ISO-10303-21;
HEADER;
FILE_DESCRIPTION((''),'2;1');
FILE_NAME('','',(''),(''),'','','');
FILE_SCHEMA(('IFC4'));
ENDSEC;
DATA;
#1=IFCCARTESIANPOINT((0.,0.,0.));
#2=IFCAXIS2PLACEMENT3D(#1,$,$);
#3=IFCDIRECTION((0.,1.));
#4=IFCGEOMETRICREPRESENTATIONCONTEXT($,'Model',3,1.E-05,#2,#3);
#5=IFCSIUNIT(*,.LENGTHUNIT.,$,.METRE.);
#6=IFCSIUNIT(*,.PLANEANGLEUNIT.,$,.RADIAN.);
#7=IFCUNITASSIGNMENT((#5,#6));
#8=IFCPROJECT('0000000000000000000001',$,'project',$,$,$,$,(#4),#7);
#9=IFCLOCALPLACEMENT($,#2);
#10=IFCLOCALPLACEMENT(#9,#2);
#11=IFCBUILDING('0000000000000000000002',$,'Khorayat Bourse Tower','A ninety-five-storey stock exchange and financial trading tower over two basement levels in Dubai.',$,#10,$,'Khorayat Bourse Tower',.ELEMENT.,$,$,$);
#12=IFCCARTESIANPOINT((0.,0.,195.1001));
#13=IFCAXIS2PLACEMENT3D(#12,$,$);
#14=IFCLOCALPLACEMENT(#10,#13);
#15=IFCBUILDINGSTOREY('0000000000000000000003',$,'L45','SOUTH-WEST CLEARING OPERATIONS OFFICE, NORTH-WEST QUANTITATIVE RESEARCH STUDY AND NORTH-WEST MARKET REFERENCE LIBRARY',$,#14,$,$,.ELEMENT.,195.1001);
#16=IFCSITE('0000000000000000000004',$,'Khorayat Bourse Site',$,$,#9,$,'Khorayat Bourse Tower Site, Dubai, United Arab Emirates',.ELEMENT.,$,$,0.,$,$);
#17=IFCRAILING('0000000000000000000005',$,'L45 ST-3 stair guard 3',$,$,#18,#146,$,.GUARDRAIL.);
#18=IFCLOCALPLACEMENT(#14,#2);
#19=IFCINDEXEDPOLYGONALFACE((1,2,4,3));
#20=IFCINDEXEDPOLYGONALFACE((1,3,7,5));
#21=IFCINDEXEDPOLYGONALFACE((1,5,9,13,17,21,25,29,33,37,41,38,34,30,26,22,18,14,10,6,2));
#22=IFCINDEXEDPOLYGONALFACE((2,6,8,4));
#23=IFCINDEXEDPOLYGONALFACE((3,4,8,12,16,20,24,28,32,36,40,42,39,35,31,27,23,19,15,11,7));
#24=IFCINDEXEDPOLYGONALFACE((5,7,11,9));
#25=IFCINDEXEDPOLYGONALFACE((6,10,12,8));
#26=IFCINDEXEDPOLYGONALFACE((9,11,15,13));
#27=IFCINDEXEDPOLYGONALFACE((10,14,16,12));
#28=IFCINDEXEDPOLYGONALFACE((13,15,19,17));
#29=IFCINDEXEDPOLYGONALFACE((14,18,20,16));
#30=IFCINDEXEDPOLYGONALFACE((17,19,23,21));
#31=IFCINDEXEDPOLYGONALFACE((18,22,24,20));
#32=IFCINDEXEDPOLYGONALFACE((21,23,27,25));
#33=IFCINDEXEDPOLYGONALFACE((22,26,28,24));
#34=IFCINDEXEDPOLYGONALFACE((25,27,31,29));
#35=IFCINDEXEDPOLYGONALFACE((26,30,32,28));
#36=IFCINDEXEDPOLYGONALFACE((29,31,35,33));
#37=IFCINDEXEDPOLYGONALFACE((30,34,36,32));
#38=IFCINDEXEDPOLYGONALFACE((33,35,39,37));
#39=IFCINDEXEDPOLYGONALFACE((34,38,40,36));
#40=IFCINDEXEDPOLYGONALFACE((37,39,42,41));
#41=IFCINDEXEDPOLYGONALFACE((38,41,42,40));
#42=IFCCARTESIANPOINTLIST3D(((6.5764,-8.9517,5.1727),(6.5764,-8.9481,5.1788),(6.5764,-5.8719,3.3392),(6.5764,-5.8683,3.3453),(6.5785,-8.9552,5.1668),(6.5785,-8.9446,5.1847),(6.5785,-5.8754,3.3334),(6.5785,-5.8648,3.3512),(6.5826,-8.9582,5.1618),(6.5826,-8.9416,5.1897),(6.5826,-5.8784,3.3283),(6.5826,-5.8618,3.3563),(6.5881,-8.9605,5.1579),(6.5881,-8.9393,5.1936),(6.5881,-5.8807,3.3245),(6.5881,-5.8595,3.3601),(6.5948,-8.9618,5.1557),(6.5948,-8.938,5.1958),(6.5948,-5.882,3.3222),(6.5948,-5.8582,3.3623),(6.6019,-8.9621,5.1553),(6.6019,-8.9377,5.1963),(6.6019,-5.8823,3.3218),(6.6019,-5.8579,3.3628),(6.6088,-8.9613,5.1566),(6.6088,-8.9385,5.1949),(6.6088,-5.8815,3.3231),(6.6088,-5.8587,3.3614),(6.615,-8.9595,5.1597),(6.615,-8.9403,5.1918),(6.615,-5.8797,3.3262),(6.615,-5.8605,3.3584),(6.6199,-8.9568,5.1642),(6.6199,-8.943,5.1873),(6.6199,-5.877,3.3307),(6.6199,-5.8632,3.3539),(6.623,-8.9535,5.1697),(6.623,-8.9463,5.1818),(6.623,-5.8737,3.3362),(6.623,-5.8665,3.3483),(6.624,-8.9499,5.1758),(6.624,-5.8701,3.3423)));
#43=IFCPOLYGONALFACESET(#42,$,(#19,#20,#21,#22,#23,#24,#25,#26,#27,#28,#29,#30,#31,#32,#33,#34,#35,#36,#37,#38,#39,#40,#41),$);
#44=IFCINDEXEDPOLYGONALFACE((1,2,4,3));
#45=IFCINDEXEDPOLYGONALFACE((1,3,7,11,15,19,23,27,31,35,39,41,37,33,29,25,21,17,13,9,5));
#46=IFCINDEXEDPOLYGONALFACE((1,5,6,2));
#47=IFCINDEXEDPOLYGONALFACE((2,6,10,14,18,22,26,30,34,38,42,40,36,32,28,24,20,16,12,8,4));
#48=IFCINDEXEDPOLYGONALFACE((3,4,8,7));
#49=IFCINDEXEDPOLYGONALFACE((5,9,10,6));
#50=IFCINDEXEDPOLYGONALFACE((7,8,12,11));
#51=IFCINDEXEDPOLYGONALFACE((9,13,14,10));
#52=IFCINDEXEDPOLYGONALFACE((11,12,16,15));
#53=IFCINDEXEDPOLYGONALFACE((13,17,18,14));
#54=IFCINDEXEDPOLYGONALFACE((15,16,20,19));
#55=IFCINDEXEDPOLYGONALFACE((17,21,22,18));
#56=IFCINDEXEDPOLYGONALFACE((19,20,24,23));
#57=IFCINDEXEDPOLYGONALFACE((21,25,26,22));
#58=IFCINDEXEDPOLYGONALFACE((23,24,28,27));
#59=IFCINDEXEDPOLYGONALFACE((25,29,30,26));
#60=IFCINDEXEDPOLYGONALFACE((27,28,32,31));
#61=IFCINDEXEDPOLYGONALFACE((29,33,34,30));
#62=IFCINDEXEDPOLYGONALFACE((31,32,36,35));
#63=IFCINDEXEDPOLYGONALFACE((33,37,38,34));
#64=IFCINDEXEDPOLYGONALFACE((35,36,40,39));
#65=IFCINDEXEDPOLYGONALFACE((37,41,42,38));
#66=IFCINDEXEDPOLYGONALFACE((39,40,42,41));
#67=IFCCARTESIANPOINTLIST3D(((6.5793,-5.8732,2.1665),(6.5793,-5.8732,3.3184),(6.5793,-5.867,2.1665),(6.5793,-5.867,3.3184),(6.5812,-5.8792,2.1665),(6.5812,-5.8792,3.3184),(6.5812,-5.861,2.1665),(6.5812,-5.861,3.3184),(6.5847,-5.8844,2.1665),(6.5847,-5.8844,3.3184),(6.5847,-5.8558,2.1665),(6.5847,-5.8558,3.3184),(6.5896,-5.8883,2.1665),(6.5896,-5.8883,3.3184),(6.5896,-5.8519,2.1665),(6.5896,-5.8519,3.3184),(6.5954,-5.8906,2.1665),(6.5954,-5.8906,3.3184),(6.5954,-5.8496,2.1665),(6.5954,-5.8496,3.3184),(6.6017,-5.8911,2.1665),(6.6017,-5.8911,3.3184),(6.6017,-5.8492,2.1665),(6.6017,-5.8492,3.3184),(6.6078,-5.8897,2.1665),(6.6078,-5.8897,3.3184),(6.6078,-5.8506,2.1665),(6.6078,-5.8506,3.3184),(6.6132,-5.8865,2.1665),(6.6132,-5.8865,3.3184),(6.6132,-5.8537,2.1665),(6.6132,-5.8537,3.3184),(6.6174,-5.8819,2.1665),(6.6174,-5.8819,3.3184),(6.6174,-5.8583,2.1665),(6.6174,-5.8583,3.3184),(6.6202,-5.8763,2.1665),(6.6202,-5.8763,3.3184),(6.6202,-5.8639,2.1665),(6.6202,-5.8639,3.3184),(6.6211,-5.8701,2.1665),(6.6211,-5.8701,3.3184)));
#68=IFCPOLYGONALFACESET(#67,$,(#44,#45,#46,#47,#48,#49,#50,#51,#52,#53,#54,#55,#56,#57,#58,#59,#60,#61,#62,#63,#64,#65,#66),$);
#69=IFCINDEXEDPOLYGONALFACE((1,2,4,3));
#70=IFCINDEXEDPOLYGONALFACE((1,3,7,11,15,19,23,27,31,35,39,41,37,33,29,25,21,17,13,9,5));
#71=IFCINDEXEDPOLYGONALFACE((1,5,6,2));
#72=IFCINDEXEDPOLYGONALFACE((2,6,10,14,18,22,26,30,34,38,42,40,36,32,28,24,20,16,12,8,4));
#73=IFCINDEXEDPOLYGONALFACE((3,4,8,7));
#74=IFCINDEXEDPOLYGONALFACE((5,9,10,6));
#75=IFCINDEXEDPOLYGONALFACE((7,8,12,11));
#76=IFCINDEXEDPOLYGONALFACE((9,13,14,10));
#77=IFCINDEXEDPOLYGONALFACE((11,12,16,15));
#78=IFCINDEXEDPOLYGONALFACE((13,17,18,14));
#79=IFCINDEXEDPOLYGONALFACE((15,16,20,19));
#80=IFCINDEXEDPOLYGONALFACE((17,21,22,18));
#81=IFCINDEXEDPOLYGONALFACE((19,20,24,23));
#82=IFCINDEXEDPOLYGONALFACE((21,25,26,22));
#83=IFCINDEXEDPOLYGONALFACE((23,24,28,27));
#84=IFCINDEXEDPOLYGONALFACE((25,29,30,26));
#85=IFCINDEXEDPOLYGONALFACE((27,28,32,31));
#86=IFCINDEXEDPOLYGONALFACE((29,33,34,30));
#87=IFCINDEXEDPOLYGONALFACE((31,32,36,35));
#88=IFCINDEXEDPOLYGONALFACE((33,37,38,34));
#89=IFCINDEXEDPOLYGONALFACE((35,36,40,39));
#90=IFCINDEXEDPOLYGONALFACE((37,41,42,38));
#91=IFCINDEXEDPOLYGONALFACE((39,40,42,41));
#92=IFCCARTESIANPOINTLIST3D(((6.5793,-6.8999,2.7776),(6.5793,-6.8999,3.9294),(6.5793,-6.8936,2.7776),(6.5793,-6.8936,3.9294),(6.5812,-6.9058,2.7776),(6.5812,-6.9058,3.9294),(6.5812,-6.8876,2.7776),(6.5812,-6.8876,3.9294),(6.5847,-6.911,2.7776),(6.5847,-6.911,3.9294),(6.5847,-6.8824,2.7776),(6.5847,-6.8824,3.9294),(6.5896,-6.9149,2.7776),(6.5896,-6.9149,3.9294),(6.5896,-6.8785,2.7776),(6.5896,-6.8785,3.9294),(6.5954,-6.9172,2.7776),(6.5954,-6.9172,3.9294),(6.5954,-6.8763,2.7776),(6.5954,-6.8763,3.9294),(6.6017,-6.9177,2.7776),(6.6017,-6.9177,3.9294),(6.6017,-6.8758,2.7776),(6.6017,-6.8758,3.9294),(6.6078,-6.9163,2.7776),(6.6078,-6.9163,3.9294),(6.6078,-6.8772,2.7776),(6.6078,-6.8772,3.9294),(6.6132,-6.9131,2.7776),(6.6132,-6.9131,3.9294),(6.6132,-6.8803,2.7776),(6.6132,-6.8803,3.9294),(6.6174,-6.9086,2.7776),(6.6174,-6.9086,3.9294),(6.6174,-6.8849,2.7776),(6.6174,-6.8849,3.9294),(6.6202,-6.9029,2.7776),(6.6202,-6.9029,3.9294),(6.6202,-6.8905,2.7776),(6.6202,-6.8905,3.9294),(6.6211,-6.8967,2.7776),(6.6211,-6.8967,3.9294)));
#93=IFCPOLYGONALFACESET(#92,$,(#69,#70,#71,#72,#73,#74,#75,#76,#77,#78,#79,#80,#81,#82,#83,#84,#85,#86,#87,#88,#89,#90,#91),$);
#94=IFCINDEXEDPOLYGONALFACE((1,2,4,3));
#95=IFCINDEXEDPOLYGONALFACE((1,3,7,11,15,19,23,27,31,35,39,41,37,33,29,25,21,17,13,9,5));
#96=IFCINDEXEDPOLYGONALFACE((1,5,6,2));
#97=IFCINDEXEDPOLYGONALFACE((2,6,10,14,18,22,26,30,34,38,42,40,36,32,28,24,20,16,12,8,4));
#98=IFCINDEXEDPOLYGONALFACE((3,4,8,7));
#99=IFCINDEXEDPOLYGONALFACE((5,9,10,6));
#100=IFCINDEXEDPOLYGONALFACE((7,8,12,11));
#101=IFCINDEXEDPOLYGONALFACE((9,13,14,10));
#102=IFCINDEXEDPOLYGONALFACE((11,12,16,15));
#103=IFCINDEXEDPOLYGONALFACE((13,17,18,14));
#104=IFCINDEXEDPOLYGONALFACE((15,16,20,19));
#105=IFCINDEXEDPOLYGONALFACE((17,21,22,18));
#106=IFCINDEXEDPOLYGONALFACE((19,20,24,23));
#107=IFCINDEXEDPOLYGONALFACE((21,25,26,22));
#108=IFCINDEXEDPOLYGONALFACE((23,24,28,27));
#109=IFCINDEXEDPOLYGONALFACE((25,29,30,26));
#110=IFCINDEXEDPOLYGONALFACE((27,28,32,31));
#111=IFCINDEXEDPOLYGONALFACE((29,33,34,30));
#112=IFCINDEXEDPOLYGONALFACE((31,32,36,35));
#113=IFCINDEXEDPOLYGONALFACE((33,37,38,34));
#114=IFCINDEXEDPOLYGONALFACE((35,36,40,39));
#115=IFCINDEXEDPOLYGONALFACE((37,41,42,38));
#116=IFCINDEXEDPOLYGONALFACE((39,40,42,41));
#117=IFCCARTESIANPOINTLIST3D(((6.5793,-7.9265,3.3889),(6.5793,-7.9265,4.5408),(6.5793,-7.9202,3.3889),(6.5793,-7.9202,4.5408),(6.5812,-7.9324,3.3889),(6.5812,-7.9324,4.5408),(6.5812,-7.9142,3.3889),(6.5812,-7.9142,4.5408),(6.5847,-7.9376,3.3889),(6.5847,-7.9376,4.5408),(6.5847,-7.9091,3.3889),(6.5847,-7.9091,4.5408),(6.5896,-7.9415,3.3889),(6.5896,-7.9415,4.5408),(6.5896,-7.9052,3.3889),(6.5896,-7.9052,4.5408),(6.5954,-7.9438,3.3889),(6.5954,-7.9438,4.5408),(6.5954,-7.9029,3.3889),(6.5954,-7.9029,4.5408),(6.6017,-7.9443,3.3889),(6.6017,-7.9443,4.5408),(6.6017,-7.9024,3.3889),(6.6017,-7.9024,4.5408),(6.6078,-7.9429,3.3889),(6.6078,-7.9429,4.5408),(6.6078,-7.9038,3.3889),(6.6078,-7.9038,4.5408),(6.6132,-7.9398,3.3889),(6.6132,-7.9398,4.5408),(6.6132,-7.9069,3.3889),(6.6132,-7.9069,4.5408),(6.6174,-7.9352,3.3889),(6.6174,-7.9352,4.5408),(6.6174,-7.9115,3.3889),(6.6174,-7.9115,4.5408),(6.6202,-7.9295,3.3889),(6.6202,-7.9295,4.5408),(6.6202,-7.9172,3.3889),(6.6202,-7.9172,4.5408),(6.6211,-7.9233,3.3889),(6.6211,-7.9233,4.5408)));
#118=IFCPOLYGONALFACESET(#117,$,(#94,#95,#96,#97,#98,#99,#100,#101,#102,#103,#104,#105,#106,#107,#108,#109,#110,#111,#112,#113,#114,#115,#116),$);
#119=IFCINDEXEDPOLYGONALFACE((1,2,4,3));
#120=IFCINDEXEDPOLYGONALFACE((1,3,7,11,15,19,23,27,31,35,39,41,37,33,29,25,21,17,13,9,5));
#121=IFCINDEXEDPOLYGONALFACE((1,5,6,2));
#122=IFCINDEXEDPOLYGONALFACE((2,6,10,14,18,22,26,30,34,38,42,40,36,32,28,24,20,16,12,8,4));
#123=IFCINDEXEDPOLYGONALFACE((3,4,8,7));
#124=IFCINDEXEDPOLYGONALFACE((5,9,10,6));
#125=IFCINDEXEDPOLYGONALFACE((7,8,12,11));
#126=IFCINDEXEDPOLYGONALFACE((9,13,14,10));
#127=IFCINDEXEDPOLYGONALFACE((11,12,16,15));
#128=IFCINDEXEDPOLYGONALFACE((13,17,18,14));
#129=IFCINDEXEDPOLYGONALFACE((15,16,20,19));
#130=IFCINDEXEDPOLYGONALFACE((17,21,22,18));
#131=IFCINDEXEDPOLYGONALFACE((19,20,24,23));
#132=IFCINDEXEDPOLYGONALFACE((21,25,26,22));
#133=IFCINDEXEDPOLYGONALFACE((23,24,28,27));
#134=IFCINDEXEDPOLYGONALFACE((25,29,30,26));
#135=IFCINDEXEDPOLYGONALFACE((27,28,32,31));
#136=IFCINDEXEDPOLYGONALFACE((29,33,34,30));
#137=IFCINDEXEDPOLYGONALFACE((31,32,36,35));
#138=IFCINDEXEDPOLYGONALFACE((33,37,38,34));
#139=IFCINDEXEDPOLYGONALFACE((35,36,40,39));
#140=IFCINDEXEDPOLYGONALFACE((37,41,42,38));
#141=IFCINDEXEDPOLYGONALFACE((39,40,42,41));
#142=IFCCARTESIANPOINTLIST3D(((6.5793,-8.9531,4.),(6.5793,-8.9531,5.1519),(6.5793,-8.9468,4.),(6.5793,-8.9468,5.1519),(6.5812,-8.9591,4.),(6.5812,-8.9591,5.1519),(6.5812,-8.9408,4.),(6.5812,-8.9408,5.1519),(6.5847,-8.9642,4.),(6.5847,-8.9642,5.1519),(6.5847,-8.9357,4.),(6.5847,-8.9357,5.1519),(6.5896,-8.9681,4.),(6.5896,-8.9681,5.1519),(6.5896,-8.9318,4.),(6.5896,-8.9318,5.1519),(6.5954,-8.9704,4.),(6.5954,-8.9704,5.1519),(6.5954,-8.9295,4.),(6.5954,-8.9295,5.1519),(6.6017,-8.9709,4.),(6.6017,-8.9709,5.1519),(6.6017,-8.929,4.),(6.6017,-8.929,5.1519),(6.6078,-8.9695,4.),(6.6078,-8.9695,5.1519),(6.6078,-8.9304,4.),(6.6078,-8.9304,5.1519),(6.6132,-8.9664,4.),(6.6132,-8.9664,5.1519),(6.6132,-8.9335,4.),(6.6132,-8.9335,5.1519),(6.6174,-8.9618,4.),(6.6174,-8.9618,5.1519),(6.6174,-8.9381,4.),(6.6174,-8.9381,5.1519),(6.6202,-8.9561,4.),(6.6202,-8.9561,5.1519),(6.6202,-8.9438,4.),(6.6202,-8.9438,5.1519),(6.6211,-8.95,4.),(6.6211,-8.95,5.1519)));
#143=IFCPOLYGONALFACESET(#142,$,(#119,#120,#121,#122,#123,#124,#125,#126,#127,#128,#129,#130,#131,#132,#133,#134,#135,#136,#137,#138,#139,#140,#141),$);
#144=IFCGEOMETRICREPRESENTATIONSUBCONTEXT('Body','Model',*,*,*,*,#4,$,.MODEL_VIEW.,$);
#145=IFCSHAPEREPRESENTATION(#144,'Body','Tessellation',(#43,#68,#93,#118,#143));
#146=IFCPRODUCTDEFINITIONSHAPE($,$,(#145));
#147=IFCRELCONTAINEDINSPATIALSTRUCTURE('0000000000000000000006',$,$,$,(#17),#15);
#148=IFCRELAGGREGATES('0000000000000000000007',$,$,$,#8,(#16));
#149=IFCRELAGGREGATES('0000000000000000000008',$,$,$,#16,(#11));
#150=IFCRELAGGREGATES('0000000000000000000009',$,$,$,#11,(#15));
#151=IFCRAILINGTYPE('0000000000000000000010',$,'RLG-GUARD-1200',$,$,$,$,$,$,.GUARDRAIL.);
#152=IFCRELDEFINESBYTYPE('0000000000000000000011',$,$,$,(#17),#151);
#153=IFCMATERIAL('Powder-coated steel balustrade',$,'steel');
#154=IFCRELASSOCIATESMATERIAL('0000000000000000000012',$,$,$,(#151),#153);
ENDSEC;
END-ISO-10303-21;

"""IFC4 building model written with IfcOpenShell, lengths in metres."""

from ifc_helpers import new_model, si_unit, direction, frame, origin, origin_2d, place, context, subcontext, project, spatial, circle, extrude, source, transform, mapped, material, type_object, element, save


model = new_model("IFC4")

# Units and contexts
model_context = context("Model", 3, precision=1e-05, world=origin(), true_north=direction((0.0, 1.0)))
body_context = subcontext(model_context, "Body", "Model", "MODEL_VIEW")
ifc_project = project(units=[si_unit("LENGTHUNIT", "METRE"), si_unit("PLANEANGLEUNIT", "RADIAN")], contexts=[model_context])

# Site, building, storey
site_placement = place(None, origin())
site = spatial("IfcSite", under=ifc_project, at=site_placement, Name="Khorayat Bourse Site", LongName="Khorayat Bourse Tower Site, Dubai, United Arab Emirates", CompositionType="ELEMENT", RefElevation=0.0)
building_placement = place(site_placement, origin())
building = spatial("IfcBuilding", under=site, at=building_placement, Name="Khorayat Bourse Tower", Description="A ninety-five-storey stock exchange and financial trading tower over two basement levels in Dubai.", LongName="Khorayat Bourse Tower", CompositionType="ELEMENT")
storey_placement = place(building_placement, frame((0.0, 0.0, 195.1001)))
storey = spatial("IfcBuildingStorey", under=building, at=storey_placement, Name="L45", Description="SOUTH-WEST CLEARING OPERATIONS OFFICE, NORTH-WEST QUANTITATIVE RESEARCH STUDY AND NORTH-WEST MARKET REFERENCE LIBRARY", CompositionType="ELEMENT", Elevation=195.1001)

# Railing
ifc_material_1 = material(Name="Powder-coated steel balustrade", Category="steel")
railing_type_1 = type_object("IfcRailingType", Name="RLG-GUARD-1200", PredefinedType="GUARDRAIL", material=ifc_material_1)
shared_shape_1 = source(origin(), body_context, "Body", "SweptSolid", [
    extrude(circle(Radius=0.0239, at=origin_2d()), frame((0.0, 0.0, 1.1758), z_axis=(0.0, -0.859261, 0.511538), x_axis=(1.0, 0.0, 0.0)), (0.0, 0.0, 1.0), 3.5842),
    extrude(circle(Radius=0.021, at=origin_2d()), origin(), (0.0, 0.0, 1.0), 1.1519),
    extrude(circle(Radius=0.021, at=origin_2d()), frame((0.0, -1.0266, 0.6111)), (0.0, 0.0, 1.0), 1.1519),
    extrude(circle(Radius=0.021, at=origin_2d()), frame((0.0, -2.0532, 1.2224)), (0.0, 0.0, 1.0), 1.1519),
    extrude(circle(Radius=0.021, at=origin_2d()), frame((0.0, -3.0798, 1.8335)), (0.0, 0.0, 1.0), 1.1519),
])
railing_1_placement = place(storey_placement, frame((6.6001, -5.8701, 2.1665)))
element("IfcRailing", 1, at=railing_1_placement, inside=storey, type_object=railing_type_1, Name="L45 ST-3 stair guard 3", PredefinedType="GUARDRAIL", context=body_context, shape_type="MappedRepresentation", body=[
    mapped(shared_shape_1, transform((0.0, 0.0, 0.0), scale=1.0)),
])

save(model, "model.ifc")
